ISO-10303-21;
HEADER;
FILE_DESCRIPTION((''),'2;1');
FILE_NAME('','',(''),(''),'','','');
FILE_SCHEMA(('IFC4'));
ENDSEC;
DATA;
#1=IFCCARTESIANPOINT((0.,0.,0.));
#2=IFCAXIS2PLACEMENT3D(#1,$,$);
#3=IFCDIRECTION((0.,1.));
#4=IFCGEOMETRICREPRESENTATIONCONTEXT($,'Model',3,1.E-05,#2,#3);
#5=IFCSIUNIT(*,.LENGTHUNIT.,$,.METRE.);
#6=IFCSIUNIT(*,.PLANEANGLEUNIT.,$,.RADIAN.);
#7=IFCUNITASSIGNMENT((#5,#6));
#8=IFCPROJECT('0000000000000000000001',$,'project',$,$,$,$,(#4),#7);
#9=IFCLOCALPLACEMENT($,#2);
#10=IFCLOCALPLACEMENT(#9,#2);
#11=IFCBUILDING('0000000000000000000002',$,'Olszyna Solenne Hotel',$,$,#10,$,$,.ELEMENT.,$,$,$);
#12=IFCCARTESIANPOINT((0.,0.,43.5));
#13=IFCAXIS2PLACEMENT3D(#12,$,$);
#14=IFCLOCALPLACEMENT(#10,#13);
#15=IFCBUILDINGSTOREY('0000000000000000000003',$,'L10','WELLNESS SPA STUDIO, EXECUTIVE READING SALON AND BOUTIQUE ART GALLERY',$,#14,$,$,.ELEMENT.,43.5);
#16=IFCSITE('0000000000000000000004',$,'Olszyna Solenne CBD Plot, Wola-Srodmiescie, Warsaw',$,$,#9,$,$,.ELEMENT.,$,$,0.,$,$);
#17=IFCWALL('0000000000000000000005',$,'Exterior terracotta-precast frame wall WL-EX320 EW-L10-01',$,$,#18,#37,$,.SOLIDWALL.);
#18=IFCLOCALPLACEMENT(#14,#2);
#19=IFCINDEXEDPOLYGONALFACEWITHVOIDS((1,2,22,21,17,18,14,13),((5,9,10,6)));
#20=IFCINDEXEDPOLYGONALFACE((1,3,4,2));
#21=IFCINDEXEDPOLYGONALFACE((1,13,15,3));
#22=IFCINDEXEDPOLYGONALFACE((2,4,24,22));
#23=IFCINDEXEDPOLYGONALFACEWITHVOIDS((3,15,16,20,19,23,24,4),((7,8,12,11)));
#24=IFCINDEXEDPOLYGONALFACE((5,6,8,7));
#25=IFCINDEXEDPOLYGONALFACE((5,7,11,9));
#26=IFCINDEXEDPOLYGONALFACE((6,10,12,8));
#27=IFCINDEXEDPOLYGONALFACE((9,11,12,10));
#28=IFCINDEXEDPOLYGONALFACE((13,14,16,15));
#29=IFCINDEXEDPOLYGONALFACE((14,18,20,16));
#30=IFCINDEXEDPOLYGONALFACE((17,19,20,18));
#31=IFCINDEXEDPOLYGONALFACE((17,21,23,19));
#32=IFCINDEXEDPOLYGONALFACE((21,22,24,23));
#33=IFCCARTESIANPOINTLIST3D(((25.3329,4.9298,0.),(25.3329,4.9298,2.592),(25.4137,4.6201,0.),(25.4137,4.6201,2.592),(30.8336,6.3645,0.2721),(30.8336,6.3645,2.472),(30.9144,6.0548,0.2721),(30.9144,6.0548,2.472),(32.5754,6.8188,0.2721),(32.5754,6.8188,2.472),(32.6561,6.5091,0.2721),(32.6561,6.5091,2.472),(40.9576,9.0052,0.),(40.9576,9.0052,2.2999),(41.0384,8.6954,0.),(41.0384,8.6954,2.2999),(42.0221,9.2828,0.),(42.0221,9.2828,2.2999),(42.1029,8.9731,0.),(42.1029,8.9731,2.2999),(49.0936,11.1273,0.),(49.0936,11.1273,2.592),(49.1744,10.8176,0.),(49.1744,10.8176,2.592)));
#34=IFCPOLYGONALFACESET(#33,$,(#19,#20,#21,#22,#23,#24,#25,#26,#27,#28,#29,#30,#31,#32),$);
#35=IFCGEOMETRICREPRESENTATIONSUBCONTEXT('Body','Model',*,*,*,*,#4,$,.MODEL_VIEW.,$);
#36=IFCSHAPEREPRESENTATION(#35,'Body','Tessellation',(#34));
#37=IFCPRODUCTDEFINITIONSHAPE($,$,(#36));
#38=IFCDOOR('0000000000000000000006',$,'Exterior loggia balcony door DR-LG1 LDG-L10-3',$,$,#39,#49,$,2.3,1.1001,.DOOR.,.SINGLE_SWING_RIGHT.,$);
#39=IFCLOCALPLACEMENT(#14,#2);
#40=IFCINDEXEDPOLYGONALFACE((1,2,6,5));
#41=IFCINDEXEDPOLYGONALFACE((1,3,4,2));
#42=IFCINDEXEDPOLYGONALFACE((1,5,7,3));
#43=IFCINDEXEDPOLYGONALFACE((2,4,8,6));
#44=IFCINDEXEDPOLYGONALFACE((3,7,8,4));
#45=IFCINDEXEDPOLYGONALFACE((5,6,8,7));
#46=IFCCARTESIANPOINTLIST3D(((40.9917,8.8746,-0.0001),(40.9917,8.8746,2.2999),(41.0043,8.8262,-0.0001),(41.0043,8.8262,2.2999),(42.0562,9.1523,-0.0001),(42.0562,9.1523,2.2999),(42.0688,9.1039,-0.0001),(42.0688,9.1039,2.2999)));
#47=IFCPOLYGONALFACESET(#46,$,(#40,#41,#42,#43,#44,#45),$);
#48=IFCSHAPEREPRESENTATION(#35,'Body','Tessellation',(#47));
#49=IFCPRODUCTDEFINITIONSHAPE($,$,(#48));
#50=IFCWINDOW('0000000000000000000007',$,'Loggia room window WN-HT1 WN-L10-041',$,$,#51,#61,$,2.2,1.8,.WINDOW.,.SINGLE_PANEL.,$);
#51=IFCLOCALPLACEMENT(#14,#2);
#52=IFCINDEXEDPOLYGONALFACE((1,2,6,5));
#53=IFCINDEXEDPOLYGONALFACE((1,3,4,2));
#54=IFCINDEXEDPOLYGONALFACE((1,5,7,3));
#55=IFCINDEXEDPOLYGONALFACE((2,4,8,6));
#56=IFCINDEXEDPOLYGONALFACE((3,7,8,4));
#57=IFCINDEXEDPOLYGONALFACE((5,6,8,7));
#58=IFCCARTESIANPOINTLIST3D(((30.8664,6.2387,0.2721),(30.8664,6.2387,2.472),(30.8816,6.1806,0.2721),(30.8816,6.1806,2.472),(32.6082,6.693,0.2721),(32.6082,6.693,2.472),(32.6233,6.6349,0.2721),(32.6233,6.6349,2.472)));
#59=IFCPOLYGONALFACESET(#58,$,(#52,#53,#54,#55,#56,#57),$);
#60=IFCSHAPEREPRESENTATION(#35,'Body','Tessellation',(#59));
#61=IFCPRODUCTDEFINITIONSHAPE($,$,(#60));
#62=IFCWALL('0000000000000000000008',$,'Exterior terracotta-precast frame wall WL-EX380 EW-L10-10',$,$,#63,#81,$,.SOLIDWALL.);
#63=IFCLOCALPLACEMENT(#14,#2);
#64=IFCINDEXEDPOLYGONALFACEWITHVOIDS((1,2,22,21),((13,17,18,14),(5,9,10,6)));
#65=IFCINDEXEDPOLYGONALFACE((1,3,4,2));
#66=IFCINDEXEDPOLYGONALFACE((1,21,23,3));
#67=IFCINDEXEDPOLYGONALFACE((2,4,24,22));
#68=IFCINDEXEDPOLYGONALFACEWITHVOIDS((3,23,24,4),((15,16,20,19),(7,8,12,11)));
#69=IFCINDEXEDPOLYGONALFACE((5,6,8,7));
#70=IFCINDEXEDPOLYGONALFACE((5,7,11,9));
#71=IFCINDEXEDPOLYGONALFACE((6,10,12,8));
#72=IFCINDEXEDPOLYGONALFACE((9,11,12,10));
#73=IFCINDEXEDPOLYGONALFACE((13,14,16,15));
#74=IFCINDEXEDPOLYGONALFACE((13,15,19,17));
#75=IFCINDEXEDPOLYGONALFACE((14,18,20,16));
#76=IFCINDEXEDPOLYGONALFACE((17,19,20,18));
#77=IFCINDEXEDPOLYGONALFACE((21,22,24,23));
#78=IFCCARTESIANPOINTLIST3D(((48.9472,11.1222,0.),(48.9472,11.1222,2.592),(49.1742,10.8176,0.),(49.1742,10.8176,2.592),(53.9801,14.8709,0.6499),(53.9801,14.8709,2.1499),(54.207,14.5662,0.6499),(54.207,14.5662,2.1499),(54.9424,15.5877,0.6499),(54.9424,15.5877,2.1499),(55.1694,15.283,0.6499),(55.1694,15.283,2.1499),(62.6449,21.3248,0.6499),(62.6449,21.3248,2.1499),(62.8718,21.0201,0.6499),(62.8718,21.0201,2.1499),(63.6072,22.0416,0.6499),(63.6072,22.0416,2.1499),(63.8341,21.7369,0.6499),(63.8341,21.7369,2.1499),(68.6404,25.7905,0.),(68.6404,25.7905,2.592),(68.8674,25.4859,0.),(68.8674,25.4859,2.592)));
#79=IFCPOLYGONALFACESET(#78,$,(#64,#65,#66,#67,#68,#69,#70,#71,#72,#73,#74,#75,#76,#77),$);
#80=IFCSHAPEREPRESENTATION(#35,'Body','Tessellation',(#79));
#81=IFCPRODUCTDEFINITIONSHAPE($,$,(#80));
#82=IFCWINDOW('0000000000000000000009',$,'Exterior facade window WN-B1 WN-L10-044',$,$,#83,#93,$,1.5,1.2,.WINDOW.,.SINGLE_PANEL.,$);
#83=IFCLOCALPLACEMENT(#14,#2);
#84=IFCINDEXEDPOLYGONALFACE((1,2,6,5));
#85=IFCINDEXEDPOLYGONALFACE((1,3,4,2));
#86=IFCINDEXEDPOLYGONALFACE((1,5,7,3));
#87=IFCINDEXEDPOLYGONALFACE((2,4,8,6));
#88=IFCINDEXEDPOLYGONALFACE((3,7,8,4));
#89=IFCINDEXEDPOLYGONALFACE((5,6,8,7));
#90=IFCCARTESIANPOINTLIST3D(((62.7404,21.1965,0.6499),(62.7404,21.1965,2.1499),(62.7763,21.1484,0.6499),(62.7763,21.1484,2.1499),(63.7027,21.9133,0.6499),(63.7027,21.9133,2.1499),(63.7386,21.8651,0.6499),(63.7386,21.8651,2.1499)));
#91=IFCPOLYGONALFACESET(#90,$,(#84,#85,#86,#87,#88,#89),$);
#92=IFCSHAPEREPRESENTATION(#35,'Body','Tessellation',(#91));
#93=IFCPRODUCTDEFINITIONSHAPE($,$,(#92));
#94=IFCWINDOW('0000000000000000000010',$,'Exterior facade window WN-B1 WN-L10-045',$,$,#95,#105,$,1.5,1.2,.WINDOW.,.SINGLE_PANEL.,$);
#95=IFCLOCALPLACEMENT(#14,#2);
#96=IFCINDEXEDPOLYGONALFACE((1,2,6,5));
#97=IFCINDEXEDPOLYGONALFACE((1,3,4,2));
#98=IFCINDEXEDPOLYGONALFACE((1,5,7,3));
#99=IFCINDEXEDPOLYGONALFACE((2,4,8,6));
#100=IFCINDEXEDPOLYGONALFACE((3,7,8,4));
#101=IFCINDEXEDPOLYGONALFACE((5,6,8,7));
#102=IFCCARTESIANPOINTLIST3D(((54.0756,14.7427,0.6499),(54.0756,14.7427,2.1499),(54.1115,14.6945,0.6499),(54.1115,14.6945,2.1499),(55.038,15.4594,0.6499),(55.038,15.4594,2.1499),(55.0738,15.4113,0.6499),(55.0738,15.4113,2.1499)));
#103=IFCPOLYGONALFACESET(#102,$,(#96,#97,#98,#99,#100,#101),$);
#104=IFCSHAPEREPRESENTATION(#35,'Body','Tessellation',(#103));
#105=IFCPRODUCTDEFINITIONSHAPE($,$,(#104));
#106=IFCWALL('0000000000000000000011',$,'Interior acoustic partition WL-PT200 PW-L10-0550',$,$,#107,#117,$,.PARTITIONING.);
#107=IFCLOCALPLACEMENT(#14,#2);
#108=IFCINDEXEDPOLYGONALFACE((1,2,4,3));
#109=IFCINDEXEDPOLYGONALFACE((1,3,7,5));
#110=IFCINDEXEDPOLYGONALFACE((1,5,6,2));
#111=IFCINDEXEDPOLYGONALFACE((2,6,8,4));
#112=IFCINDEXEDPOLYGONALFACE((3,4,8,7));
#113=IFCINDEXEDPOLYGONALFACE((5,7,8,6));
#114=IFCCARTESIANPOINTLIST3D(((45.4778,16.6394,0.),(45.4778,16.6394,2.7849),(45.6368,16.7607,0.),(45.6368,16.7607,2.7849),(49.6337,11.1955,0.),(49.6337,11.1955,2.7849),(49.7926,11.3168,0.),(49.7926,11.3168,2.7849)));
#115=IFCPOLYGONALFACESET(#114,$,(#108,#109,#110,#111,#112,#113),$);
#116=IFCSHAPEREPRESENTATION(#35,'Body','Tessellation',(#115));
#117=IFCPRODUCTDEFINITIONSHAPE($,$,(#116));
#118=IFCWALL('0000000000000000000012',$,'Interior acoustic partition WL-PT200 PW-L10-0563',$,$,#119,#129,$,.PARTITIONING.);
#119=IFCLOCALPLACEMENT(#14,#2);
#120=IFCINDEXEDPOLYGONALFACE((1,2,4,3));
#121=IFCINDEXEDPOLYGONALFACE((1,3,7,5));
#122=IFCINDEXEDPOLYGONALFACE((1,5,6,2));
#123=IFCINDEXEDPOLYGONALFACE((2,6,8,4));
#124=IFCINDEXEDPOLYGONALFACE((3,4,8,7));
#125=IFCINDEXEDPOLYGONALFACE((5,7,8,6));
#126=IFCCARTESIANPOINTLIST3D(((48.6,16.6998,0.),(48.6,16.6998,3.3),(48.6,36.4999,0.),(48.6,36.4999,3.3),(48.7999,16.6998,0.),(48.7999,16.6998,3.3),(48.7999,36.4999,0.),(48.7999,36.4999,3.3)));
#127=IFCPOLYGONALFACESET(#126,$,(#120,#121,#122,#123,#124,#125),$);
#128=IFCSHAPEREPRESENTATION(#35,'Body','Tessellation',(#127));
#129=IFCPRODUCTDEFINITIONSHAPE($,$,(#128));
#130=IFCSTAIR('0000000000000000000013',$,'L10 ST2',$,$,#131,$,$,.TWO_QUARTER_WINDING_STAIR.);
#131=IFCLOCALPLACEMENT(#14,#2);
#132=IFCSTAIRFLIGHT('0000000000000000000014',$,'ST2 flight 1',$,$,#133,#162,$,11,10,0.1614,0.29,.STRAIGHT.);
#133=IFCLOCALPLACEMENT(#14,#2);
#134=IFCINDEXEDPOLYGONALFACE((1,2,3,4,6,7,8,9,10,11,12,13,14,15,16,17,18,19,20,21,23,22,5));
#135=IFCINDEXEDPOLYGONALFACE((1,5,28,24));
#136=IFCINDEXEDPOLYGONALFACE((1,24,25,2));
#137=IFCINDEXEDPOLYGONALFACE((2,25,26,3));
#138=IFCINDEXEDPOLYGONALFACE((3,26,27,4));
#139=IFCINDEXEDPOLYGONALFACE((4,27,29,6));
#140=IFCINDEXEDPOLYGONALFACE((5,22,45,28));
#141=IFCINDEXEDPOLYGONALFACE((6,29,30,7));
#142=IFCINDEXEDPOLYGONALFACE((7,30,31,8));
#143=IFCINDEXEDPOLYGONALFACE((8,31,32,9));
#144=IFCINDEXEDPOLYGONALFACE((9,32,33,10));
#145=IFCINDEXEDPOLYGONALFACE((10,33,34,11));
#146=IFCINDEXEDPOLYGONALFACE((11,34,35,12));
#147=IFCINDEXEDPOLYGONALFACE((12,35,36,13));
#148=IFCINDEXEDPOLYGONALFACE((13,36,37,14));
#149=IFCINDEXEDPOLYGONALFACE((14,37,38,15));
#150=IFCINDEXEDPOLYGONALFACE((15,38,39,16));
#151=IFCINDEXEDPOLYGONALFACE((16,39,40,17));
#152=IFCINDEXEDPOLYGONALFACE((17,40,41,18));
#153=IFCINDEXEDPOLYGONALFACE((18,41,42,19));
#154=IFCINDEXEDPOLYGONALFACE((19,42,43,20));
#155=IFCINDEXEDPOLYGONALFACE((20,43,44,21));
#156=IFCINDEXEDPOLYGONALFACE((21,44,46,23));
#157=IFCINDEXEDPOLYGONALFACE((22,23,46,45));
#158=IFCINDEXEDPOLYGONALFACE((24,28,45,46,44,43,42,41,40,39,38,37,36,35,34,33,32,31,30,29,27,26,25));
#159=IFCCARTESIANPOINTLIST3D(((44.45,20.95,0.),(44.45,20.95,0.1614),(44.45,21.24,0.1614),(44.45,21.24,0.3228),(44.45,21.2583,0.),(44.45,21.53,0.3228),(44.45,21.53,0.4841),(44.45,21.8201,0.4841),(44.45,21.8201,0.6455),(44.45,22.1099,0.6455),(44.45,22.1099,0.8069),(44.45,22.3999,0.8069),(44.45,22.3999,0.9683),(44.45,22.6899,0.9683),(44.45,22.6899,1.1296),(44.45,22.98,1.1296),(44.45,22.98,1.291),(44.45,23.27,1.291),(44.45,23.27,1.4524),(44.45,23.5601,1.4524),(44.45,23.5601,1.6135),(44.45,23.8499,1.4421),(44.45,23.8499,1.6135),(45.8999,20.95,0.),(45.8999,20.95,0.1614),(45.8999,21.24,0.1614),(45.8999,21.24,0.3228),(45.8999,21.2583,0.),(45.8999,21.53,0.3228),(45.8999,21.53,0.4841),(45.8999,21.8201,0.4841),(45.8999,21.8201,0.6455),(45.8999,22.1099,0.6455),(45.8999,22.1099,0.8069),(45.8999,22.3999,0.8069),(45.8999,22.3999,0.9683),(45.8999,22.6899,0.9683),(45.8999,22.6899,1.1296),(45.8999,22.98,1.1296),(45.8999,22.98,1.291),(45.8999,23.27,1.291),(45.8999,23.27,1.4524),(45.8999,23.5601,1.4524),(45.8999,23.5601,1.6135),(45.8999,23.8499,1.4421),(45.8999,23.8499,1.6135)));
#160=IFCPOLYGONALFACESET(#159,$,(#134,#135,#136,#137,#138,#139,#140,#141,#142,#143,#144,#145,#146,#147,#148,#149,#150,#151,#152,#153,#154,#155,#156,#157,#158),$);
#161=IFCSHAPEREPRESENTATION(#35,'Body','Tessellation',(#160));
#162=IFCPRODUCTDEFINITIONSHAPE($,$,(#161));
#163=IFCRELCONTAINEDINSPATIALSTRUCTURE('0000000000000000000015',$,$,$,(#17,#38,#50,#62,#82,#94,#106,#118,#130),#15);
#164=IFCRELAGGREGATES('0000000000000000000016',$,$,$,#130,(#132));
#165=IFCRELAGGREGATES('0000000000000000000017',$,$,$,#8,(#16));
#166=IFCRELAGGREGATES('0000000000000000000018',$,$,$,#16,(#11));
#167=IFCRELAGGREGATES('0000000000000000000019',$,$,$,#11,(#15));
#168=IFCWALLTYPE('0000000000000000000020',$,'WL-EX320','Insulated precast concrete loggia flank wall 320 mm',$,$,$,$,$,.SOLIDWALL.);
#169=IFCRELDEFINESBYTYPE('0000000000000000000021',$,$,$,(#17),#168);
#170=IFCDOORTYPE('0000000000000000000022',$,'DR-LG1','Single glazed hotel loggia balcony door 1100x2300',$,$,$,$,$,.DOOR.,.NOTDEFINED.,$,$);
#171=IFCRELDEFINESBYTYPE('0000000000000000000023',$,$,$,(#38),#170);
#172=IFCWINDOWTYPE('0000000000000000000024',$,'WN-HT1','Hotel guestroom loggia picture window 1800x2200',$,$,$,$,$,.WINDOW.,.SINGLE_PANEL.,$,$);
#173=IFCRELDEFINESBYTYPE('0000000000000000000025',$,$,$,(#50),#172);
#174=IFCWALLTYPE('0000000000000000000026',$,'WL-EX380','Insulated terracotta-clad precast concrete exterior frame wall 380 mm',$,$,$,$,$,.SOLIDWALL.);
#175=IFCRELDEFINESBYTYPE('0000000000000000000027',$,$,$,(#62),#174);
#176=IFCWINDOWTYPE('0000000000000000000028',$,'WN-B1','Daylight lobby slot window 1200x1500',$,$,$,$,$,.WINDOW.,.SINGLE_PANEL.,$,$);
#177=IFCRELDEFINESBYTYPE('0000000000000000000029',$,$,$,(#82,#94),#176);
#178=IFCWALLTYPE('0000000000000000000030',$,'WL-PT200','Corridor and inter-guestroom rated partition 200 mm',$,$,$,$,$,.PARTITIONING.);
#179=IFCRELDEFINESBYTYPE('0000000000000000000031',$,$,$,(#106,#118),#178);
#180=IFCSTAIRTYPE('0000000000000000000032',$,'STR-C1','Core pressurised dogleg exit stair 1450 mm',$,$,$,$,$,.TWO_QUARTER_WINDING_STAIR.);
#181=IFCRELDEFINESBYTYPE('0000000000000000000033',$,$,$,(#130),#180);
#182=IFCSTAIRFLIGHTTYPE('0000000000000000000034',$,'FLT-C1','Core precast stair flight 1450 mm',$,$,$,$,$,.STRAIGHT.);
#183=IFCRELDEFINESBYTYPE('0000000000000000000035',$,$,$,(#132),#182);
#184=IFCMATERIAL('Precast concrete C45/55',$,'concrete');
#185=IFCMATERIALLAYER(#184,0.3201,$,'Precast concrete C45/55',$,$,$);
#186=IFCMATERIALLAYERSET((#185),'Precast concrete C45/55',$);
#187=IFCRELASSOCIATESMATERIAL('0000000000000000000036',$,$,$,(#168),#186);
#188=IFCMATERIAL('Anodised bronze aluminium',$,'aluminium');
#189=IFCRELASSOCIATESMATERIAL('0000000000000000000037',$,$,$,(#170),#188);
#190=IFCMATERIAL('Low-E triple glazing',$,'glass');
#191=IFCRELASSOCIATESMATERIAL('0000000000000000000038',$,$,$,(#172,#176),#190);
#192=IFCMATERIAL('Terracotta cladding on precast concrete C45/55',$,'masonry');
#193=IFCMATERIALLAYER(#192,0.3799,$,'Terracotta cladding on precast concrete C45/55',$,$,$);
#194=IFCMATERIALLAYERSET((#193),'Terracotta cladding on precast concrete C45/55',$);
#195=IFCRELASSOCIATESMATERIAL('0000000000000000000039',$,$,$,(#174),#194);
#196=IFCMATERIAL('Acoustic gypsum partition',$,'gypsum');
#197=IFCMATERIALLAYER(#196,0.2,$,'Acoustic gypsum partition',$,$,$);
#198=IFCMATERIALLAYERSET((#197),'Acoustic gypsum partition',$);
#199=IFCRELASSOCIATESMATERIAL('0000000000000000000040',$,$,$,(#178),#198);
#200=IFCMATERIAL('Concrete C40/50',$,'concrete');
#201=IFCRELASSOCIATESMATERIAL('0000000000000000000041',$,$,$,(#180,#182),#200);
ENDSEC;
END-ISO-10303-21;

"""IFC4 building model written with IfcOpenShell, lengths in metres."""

from ifc_helpers import new_model, si_unit, direction, frame, frame_2d, origin, place, context, subcontext, project, spatial, polyline, rectangle, outline, extrude, source, transform, mapped, material, layer, layer_set, type_object, type_shapes, element, fill, aggregate, save


model = new_model("IFC4")

# Units and contexts
model_context = context("Model", 3, precision=1e-05, world=origin(), true_north=direction((0.0, 1.0)))
body_context = subcontext(model_context, "Body", "Model", "MODEL_VIEW")
ifc_project = project(units=[si_unit("LENGTHUNIT", "METRE"), si_unit("PLANEANGLEUNIT", "RADIAN")], contexts=[model_context])

# Site, building, storey
site_placement = place(None, origin())
site = spatial("IfcSite", under=ifc_project, at=site_placement, Name="Olszyna Solenne CBD Plot, Wola-Srodmiescie, Warsaw", CompositionType="ELEMENT", RefElevation=0.0)
building_placement = place(site_placement, origin())
building = spatial("IfcBuilding", under=site, at=building_placement, Name="Olszyna Solenne Hotel", CompositionType="ELEMENT")
storey_placement = place(building_placement, frame((0.0, 0.0, 43.5)))
storey = spatial("IfcBuildingStorey", under=building, at=storey_placement, Name="L10", Description="WELLNESS SPA STUDIO, EXECUTIVE READING SALON AND BOUTIQUE ART GALLERY", CompositionType="ELEMENT", Elevation=43.5)

# Wall, openings, door, window
ifc_material_1 = material(Name="Precast concrete C45/55", Category="concrete")
ifc_layer_1 = layer(ifc_material_1, 0.3201, Name="Precast concrete C45/55")
ifc_layer_set_1 = layer_set([ifc_layer_1], Name="Precast concrete C45/55")
wall_type_1 = type_object("IfcWallType", Name="WL-EX320", Description="Insulated precast concrete loggia flank wall 320 mm", PredefinedType="SOLIDWALL", material=ifc_layer_set_1)
wall_1_placement = place(storey_placement, frame((49.134, 10.9724, 0.0), z_axis=(0.0, 0.0, 1.0), x_axis=(-0.967627, -0.252386, 0.0)))
wall_1 = element("IfcWall", 1, at=wall_1_placement, inside=storey, type_object=wall_type_1, Name="Exterior terracotta-precast frame wall WL-EX320 EW-L10-01", PredefinedType="SOLIDWALL", context=body_context, shape_type="SweptSolid", body=[
    extrude(rectangle(XDim=24.5557, YDim=0.3201, at=frame_2d((12.2778, 0.0))), origin(), (0.0, 0.0, 1.0), 2.592),
])
opening_1_placement = place(wall_1_placement, frame((7.3081, 0.0, 0.0)))
opening_1 = element("IfcOpeningElement", 2, at=opening_1_placement, cuts=wall_1, PredefinedType="OPENING", context=body_context, shape_type="SweptSolid", body=[
    extrude(rectangle(XDim=1.1001, YDim=2.3, at=frame_2d((0.55, 1.1499))), frame((0.0, 0.1699, 0.0), z_axis=(0.0, -1.0, 0.0), x_axis=(1.0, 0.0, 0.0)), (0.0, 0.0, 1.0), 0.3401),
])
opening_2_placement = place(wall_1_placement, frame((17.071, 0.0, 0.272)))
opening_2 = element("IfcOpeningElement", 3, at=opening_2_placement, cuts=wall_1, PredefinedType="OPENING", context=body_context, shape_type="SweptSolid", body=[
    extrude(rectangle(XDim=1.8, YDim=2.2, at=frame_2d((0.8999, 1.1001))), frame((0.0, 0.1699, 0.0), z_axis=(0.0, -1.0, 0.0), x_axis=(1.0, 0.0, 0.0)), (0.0, 0.0, 1.0), 0.3401),
])
ifc_material_2 = material(Name="Anodised bronze aluminium", Category="aluminium")
door_type_1 = type_object("IfcDoorType", Name="DR-LG1", Description="Single glazed hotel loggia balcony door 1100x2300", OperationType="NOTDEFINED", PredefinedType="DOOR", material=ifc_material_2)
shared_shape_1 = source(origin(), body_context, "Body", "SweptSolid", [
    extrude(rectangle(XDim=1.1001, YDim=2.3, at=frame_2d((0.55, 1.1499))), frame((0.0, 0.0249, 0.0), z_axis=(0.0, -1.0, 0.0), x_axis=(1.0, 0.0, 0.0)), (0.0, 0.0, 1.0), 0.05),
])
type_shapes(door_type_1, [shared_shape_1])
door_1_placement = place(opening_1_placement, origin())
door_1 = element("IfcDoor", 4, at=door_1_placement, inside=storey, type_object=door_type_1, Name="Exterior loggia balcony door DR-LG1 LDG-L10-3", OperationType="SINGLE_SWING_RIGHT", OverallHeight=2.3, OverallWidth=1.1001, PredefinedType="DOOR", context=body_context, shape_type="MappedRepresentation", body=[
    mapped(shared_shape_1, transform((0.0, 0.0, 0.0), x_axis=(1.0, 0.0, 0.0), y_axis=(0.0, 1.0, 0.0), z_axis=(0.0, 0.0, 1.0), scale=1.0)),
])
fill(opening_1, door_1)
ifc_material_3 = material(Name="Low-E triple glazing", Category="glass")
window_type_1 = type_object("IfcWindowType", Name="WN-HT1", Description="Hotel guestroom loggia picture window 1800x2200", PartitioningType="SINGLE_PANEL", PredefinedType="WINDOW", material=ifc_material_3)
shared_shape_2 = source(origin(), body_context, "Body", "SweptSolid", [
    extrude(rectangle(XDim=1.8, YDim=2.2, at=frame_2d((0.8999, 1.1001))), frame((0.0, 0.03, 0.0), z_axis=(0.0, -1.0, 0.0), x_axis=(1.0, 0.0, 0.0)), (0.0, 0.0, 1.0), 0.0601),
])
type_shapes(window_type_1, [shared_shape_2])
window_1_placement = place(opening_2_placement, origin())
window_1 = element("IfcWindow", 5, at=window_1_placement, inside=storey, type_object=window_type_1, Name="Loggia room window WN-HT1 WN-L10-041", OverallHeight=2.2, OverallWidth=1.8, PartitioningType="SINGLE_PANEL", PredefinedType="WINDOW", context=body_context, shape_type="MappedRepresentation", body=[
    mapped(shared_shape_2, transform((0.0, 0.0, 0.0), x_axis=(1.0, 0.0, 0.0), y_axis=(0.0, 1.0, 0.0), z_axis=(0.0, 0.0, 1.0), scale=1.0)),
])
fill(opening_2, window_1)

# Wall, openings, windows
ifc_material_4 = material(Name="Terracotta cladding on precast concrete C45/55", Category="masonry")
ifc_layer_2 = layer(ifc_material_4, 0.3799, Name="Terracotta cladding on precast concrete C45/55")
ifc_layer_set_2 = layer_set([ifc_layer_2], Name="Terracotta cladding on precast concrete C45/55")
wall_type_2 = type_object("IfcWallType", Name="WL-EX380", Description="Insulated terracotta-clad precast concrete exterior frame wall 380 mm", PredefinedType="SOLIDWALL", material=ifc_layer_set_2)
wall_2_placement = place(storey_placement, frame((68.7539, 25.6382, 0.0), z_axis=(0.0, 0.0, 1.0), x_axis=(-0.801982, -0.597348, 0.0)))
wall_2 = element("IfcWall", 6, at=wall_2_placement, inside=storey, type_object=wall_type_2, Name="Exterior terracotta-precast frame wall WL-EX380 EW-L10-10", PredefinedType="SOLIDWALL", context=body_context, shape_type="SweptSolid", body=[
    extrude(rectangle(XDim=24.5557, YDim=0.3799, at=frame_2d((12.2778, 0.0))), origin(), (0.0, 0.0, 1.0), 2.592),
])
opening_3_placement = place(wall_2_placement, frame((6.2759, 0.0, 0.6499)))
opening_3 = element("IfcOpeningElement", 7, at=opening_3_placement, cuts=wall_2, PredefinedType="OPENING", context=body_context, shape_type="SweptSolid", body=[
    extrude(rectangle(XDim=1.2, YDim=1.5, at=frame_2d((0.6001, 0.75))), frame((0.0, 0.2, 0.0), z_axis=(0.0, -1.0, 0.0), x_axis=(1.0, 0.0, 0.0)), (0.0, 0.0, 1.0), 0.3999),
])
opening_4_placement = place(wall_2_placement, frame((17.0801, 0.0, 0.6499)))
opening_4 = element("IfcOpeningElement", 8, at=opening_4_placement, cuts=wall_2, PredefinedType="OPENING", context=body_context, shape_type="SweptSolid", body=[
    extrude(rectangle(XDim=1.2, YDim=1.5, at=frame_2d((0.6001, 0.75))), frame((0.0, 0.2, 0.0), z_axis=(0.0, -1.0, 0.0), x_axis=(1.0, 0.0, 0.0)), (0.0, 0.0, 1.0), 0.3999),
])
window_type_2 = type_object("IfcWindowType", Name="WN-B1", Description="Daylight lobby slot window 1200x1500", PartitioningType="SINGLE_PANEL", PredefinedType="WINDOW", material=ifc_material_3)
shared_shape_3 = source(origin(), body_context, "Body", "SweptSolid", [
    extrude(rectangle(XDim=1.2, YDim=1.5, at=frame_2d((0.6001, 0.75))), frame((0.0, 0.03, 0.0), z_axis=(0.0, -1.0, 0.0), x_axis=(1.0, 0.0, 0.0)), (0.0, 0.0, 1.0), 0.0601),
])
type_shapes(window_type_2, [shared_shape_3])
window_2_placement = place(opening_3_placement, origin())
window_2 = element("IfcWindow", 9, at=window_2_placement, inside=storey, type_object=window_type_2, Name="Exterior facade window WN-B1 WN-L10-044", OverallHeight=1.5, OverallWidth=1.2, PartitioningType="SINGLE_PANEL", PredefinedType="WINDOW", context=body_context, shape_type="MappedRepresentation", body=[
    mapped(shared_shape_3, transform((0.0, 0.0, 0.0), x_axis=(1.0, 0.0, 0.0), y_axis=(0.0, 1.0, 0.0), z_axis=(0.0, 0.0, 1.0), scale=1.0)),
])
fill(opening_3, window_2)
window_3_placement = place(opening_4_placement, origin())
window_3 = element("IfcWindow", 10, at=window_3_placement, inside=storey, type_object=window_type_2, Name="Exterior facade window WN-B1 WN-L10-045", OverallHeight=1.5, OverallWidth=1.2, PartitioningType="SINGLE_PANEL", PredefinedType="WINDOW", context=body_context, shape_type="MappedRepresentation", body=[
    mapped(shared_shape_3, transform((0.0, 0.0, 0.0), x_axis=(1.0, 0.0, 0.0), y_axis=(0.0, 1.0, 0.0), z_axis=(0.0, 0.0, 1.0), scale=1.0)),
])
fill(opening_4, window_3)

# Walls
ifc_material_5 = material(Name="Acoustic gypsum partition", Category="gypsum")
ifc_layer_3 = layer(ifc_material_5, 0.2, Name="Acoustic gypsum partition")
ifc_layer_set_3 = layer_set([ifc_layer_3], Name="Acoustic gypsum partition")
wall_type_3 = type_object("IfcWallType", Name="WL-PT200", Description="Corridor and inter-guestroom rated partition 200 mm", PredefinedType="PARTITIONING", material=ifc_layer_set_3)
wall_3_placement = place(storey_placement, frame((45.5574, 16.7, 0.0), z_axis=(0.0, 0.0, 1.0), x_axis=(0.606788, -0.794863, 0.0)))
element("IfcWall", 11, at=wall_3_placement, inside=storey, type_object=wall_type_3, Name="Interior acoustic partition WL-PT200 PW-L10-0550", PredefinedType="PARTITIONING", context=body_context, shape_type="SweptSolid", body=[
    extrude(rectangle(XDim=6.8489, YDim=0.2, at=frame_2d((3.4243, 0.0))), origin(), (0.0, 0.0, 1.0), 2.7849),
])
wall_4_placement = place(storey_placement, frame((48.7, 16.7, 0.0), z_axis=(0.0, 0.0, 1.0), x_axis=(0.0, 1.0, 0.0)))
element("IfcWall", 12, at=wall_4_placement, inside=storey, type_object=wall_type_3, Name="Interior acoustic partition WL-PT200 PW-L10-0563", PredefinedType="PARTITIONING", context=body_context, shape_type="SweptSolid", body=[
    extrude(rectangle(XDim=19.8, YDim=0.2, at=frame_2d((9.8999, 0.0))), origin(), (0.0, 0.0, 1.0), 3.3),
])

# Stair, stair flight
ifc_material_6 = material(Name="Concrete C40/50", Category="concrete")
stair_type = type_object("IfcStairType", Name="STR-C1", Description="Core pressurised dogleg exit stair 1450 mm", PredefinedType="TWO_QUARTER_WINDING_STAIR", material=ifc_material_6)
stair_placement = place(storey_placement, origin())
stair = element("IfcStair", 13, at=stair_placement, inside=storey, type_object=stair_type, Name="L10 ST2", PredefinedType="TWO_QUARTER_WINDING_STAIR")
stair_flight_type = type_object("IfcStairFlightType", Name="FLT-C1", Description="Core precast stair flight 1450 mm", PredefinedType="STRAIGHT", material=ifc_material_6)
stair_flight_placement = place(storey_placement, frame((45.175, 20.95, 0.0), z_axis=(0.0, 0.0, 1.0), x_axis=(0.0, 1.0, 0.0)))
stair_flight = element("IfcStairFlight", 14, at=stair_flight_placement, type_object=stair_flight_type, Name="ST2 flight 1", NumberOfRisers=11, NumberOfTreads=10, PredefinedType="STRAIGHT", RiserHeight=0.1614, TreadLength=0.29, context=body_context, shape_type="SweptSolid", body=[
    extrude(outline(polyline([(0.0, 0.0), (0.0, 0.1614), (0.29, 0.1614), (0.29, 0.3228), (0.5801, 0.3228), (0.5801, 0.4841), (0.8701, 0.4841), (0.8701, 0.6455), (1.1599, 0.6455), (1.1599, 0.8069), (1.45, 0.8069), (1.45, 0.9683), (1.74, 0.9683), (1.74, 1.1296), (2.03, 1.1296), (2.03, 1.291), (2.3201, 1.291), (2.3201, 1.4524), (2.6101, 1.4524), (2.6101, 1.6135), (2.8999, 1.6135), (2.8999, 1.7749), (2.8999, 1.4421), (0.3083, 0.0), (0.0, 0.0)])), frame((0.0, 0.7251, 0.0), z_axis=(0.0, -1.0, 0.0), x_axis=(1.0, 0.0, 0.0)), (0.0, 0.0, 1.0), 1.45),
])
aggregate(stair, [stair_flight])

save(model, "model.ifc")
